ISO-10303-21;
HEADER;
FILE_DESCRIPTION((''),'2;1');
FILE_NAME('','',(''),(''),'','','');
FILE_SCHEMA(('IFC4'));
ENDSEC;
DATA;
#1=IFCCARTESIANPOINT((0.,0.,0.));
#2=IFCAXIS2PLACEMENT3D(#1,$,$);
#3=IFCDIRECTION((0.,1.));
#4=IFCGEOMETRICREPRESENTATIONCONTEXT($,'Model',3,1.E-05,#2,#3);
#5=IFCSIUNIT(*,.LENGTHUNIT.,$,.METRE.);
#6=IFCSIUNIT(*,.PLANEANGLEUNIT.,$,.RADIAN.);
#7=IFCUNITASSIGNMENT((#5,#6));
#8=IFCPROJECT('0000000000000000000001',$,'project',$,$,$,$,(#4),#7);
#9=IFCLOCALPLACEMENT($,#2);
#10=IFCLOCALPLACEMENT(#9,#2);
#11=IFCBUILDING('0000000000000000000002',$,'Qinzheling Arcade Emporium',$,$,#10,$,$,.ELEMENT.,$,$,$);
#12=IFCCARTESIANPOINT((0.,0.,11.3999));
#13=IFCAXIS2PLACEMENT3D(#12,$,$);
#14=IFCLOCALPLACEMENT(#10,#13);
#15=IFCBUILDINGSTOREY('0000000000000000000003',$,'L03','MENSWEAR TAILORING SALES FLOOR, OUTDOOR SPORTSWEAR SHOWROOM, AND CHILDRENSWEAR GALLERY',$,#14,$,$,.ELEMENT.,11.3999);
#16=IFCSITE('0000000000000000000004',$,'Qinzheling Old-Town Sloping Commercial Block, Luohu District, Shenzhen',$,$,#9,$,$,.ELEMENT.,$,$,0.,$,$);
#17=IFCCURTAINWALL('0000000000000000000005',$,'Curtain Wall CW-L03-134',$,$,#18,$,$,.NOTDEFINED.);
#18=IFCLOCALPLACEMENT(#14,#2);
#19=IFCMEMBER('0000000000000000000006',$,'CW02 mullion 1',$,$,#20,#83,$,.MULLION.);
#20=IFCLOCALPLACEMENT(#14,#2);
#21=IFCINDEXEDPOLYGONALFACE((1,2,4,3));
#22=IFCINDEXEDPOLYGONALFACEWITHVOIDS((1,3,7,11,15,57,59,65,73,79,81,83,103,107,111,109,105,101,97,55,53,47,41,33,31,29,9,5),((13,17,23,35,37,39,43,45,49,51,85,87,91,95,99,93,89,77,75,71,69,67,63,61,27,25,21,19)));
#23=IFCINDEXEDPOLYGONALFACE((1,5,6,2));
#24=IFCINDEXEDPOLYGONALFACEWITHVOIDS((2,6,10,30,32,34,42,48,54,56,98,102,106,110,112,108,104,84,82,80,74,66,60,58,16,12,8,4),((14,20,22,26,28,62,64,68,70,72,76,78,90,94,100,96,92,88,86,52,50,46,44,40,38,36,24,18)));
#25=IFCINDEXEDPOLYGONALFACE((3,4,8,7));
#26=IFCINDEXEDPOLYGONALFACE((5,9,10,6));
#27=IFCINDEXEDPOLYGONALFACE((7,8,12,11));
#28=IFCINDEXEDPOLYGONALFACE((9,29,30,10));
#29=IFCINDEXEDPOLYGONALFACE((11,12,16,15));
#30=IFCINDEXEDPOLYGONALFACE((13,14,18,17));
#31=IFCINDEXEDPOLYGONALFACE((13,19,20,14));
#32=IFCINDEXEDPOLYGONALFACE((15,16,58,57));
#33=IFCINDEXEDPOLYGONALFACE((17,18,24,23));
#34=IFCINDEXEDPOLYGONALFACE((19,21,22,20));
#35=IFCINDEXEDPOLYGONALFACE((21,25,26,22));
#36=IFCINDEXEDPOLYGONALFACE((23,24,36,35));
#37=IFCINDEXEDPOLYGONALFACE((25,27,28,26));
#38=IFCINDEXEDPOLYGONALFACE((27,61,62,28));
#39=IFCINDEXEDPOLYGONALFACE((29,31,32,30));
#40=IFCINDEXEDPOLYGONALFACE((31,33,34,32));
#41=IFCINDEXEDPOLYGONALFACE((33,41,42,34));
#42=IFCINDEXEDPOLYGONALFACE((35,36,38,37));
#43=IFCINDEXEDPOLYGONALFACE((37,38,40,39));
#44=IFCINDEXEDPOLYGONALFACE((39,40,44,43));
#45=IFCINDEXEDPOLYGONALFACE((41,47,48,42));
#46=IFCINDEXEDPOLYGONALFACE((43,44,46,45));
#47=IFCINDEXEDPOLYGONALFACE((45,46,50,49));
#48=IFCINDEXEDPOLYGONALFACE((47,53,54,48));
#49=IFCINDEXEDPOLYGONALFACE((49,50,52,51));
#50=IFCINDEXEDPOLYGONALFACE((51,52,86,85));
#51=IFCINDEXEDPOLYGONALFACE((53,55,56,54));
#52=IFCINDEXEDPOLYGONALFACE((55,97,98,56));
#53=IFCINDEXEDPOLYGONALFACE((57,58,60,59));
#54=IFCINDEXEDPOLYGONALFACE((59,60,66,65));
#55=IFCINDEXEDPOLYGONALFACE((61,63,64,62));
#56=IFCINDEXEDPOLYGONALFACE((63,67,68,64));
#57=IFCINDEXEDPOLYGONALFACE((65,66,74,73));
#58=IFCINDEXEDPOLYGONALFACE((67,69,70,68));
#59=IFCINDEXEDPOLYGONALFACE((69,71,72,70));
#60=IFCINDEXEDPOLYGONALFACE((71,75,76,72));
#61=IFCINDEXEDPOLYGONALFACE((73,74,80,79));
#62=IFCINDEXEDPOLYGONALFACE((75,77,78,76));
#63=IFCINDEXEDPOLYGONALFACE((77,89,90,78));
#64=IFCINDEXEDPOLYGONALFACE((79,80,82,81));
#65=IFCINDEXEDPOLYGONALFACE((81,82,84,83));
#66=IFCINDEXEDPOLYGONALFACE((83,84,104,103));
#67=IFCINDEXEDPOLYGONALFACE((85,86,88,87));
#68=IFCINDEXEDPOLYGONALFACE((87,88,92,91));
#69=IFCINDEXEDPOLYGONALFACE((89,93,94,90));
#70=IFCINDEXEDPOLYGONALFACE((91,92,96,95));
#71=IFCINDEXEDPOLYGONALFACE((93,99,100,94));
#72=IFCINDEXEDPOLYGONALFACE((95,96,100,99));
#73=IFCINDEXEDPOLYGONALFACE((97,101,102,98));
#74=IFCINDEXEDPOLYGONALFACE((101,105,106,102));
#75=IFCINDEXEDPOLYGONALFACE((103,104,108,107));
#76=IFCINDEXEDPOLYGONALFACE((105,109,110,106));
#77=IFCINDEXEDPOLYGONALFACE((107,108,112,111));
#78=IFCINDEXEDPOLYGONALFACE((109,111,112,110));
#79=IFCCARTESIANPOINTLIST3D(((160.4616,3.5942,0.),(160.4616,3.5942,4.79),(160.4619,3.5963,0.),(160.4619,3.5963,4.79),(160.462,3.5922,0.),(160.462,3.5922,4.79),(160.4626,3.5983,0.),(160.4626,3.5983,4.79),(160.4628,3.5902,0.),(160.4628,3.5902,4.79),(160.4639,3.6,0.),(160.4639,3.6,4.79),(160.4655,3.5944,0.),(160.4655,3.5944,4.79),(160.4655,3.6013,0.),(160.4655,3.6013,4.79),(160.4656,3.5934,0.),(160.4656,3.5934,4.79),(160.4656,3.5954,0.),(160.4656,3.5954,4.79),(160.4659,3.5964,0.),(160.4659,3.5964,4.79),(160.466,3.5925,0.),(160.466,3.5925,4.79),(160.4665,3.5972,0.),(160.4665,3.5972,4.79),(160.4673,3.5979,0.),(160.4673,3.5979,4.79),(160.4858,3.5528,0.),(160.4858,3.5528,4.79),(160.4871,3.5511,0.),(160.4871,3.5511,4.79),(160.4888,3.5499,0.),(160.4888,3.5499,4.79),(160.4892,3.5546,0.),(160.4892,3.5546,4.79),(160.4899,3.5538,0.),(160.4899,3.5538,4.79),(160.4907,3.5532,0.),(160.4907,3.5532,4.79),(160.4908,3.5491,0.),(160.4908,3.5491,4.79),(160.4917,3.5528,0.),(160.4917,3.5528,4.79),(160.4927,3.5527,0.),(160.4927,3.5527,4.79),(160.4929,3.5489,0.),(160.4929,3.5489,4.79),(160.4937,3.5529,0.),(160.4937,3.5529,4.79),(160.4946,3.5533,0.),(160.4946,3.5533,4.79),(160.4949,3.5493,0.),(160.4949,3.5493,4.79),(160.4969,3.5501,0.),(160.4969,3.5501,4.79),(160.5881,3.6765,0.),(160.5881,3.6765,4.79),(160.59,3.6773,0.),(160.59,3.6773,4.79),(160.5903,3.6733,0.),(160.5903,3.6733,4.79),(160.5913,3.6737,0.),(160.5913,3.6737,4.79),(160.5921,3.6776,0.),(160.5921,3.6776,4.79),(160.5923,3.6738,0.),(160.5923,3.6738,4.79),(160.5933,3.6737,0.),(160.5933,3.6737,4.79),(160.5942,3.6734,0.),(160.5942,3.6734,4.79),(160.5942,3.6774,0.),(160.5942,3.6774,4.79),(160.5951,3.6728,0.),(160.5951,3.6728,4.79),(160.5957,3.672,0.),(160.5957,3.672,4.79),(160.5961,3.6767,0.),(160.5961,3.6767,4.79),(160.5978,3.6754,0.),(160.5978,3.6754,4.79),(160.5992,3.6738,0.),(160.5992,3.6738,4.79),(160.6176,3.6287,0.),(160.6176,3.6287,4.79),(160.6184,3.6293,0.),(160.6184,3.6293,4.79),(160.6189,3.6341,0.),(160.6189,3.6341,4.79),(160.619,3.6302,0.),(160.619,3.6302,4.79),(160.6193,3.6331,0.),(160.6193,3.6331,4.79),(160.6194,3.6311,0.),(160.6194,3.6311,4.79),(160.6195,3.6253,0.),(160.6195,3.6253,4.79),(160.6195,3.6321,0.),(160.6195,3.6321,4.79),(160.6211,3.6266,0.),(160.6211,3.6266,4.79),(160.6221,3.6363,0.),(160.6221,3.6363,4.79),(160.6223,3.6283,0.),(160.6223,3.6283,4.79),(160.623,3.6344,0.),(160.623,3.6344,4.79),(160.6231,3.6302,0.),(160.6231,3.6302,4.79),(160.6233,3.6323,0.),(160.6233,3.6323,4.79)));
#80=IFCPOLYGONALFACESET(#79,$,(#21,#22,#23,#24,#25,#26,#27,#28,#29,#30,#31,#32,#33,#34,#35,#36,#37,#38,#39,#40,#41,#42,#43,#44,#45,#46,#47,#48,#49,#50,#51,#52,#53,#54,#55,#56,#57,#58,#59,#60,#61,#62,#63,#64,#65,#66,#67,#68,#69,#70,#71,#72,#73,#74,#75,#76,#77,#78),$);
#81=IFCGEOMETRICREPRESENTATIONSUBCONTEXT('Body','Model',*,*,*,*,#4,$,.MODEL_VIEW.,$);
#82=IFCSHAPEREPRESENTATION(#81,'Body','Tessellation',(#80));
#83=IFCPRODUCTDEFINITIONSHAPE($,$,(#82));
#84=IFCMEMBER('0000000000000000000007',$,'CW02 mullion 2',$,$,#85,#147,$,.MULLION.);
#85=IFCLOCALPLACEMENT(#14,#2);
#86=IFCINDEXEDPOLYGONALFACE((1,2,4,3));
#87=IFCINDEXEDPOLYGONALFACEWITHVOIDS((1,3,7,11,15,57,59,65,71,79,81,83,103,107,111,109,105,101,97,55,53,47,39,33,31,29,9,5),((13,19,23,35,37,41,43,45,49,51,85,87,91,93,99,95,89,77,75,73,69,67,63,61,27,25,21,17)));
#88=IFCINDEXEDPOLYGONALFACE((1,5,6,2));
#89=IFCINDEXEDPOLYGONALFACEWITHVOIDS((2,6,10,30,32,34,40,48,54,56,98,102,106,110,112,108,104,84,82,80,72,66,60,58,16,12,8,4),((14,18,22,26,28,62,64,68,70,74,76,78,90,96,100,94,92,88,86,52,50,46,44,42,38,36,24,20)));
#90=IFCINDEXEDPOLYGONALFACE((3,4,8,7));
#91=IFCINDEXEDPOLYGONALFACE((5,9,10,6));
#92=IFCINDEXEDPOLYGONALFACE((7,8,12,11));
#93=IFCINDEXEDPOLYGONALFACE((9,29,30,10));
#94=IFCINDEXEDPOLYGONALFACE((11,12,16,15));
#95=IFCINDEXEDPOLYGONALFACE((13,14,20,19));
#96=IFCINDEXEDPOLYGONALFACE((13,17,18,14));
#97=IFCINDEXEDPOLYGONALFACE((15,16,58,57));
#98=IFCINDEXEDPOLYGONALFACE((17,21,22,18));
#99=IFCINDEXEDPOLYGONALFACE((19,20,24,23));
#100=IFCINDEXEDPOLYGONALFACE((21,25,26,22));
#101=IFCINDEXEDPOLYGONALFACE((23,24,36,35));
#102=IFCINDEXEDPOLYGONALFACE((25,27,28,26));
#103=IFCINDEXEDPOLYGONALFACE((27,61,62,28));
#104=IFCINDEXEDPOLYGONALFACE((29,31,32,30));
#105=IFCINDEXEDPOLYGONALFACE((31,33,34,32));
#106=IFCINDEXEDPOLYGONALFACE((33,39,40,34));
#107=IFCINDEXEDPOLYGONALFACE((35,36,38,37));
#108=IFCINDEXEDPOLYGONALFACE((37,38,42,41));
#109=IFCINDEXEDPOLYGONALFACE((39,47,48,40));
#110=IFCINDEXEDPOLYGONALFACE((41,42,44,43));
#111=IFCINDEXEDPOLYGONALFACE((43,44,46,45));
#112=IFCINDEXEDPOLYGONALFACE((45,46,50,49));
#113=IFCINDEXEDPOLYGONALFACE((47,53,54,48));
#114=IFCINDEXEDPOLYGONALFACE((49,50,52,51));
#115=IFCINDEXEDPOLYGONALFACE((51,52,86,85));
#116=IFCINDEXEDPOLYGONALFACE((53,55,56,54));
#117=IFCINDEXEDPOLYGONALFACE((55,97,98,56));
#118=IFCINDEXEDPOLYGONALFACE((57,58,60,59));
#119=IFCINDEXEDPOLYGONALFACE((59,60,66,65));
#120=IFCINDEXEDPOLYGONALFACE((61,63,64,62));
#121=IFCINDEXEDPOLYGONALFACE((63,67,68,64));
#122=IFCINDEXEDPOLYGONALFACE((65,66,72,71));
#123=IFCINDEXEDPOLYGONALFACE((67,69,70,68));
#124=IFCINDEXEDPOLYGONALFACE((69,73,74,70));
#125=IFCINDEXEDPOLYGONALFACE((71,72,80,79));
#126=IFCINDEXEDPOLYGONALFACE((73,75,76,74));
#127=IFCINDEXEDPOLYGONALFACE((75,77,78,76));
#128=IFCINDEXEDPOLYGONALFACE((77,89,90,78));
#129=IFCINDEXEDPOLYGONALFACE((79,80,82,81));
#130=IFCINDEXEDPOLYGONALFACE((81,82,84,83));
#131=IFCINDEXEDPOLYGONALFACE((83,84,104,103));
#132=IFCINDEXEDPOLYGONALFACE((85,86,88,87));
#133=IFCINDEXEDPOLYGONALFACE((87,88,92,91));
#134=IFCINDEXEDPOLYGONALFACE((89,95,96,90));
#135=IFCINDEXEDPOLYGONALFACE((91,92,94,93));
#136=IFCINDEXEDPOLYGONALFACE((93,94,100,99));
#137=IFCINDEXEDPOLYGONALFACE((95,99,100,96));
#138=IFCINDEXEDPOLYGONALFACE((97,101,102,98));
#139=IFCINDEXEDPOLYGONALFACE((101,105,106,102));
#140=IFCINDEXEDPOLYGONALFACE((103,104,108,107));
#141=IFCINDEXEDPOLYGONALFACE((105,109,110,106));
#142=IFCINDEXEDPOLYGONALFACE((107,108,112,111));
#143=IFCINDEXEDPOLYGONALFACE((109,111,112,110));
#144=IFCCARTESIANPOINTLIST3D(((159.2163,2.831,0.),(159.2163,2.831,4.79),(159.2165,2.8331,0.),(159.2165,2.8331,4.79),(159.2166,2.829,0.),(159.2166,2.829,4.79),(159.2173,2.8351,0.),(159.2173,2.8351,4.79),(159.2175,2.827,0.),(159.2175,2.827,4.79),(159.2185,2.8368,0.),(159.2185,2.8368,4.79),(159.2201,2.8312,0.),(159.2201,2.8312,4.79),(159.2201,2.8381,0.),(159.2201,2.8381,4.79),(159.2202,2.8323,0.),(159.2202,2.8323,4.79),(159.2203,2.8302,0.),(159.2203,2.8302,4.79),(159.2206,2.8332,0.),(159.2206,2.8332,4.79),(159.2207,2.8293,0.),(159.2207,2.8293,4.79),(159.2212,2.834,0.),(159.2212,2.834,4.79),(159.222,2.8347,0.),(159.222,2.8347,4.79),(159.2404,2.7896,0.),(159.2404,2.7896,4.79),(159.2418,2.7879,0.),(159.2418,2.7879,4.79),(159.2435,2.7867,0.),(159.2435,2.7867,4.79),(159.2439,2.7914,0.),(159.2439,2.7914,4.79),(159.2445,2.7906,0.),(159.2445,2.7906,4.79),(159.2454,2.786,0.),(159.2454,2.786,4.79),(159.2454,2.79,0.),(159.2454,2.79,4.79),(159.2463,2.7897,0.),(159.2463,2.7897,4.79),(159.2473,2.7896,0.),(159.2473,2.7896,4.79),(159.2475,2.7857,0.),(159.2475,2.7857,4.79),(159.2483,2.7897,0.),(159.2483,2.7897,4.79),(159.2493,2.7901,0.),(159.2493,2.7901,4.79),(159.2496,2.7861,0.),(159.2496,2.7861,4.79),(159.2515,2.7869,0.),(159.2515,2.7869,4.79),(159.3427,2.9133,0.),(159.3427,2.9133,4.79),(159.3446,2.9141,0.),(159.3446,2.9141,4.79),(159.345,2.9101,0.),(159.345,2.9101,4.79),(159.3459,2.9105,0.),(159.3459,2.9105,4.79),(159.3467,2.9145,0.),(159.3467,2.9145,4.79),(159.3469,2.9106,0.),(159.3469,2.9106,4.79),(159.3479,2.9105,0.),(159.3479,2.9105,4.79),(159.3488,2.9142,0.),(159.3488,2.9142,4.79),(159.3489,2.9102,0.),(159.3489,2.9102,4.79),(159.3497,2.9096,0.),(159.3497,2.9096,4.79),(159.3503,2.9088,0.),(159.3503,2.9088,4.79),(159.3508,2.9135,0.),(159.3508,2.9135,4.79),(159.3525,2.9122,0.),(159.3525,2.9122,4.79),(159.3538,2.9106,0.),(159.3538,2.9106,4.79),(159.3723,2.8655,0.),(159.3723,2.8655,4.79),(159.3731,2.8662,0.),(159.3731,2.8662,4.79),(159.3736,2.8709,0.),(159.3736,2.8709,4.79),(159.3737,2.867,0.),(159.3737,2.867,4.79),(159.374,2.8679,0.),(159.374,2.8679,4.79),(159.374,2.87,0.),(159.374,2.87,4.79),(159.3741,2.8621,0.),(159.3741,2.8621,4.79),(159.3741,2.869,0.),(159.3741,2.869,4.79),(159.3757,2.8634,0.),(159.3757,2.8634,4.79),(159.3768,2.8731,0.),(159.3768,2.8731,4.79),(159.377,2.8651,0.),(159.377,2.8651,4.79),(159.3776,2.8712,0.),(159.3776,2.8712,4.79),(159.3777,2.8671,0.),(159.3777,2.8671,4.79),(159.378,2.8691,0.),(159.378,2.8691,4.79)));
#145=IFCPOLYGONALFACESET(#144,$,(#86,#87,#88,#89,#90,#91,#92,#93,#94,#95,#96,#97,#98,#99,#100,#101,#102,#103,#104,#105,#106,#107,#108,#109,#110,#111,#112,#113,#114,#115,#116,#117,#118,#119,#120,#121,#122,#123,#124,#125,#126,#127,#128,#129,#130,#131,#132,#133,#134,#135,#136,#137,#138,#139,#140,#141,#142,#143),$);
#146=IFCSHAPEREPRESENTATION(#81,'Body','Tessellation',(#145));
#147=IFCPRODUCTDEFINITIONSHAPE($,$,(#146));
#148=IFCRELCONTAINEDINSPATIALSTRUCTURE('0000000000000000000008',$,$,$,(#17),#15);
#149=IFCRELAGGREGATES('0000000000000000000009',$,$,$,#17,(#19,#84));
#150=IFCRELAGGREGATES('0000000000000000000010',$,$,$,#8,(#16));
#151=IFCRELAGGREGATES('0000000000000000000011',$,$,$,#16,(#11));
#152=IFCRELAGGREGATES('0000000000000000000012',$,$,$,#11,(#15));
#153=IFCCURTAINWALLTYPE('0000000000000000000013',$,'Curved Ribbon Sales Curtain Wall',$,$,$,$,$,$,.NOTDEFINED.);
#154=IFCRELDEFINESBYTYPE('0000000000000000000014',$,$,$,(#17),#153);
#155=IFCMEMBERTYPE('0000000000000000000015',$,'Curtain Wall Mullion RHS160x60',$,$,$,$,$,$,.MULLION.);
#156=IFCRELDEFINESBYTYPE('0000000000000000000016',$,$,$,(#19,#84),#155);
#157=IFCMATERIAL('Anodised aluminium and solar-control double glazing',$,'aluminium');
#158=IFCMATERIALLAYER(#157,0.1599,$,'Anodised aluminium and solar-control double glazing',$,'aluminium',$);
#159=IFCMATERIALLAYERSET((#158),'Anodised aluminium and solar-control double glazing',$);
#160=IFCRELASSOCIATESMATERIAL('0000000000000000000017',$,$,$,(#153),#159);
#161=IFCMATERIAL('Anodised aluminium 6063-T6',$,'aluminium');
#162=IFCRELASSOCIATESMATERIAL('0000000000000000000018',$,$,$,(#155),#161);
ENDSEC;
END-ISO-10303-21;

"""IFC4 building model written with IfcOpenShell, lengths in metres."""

from ifc_helpers import new_model, si_unit, direction, frame, origin, origin_2d, place, context, subcontext, project, spatial, hollow_rectangle, extrude, material, layer, layer_set, material_profile, profile_set, type_object, element, aggregate, save


model = new_model("IFC4")

# Units and contexts
model_context = context("Model", 3, precision=1e-05, world=origin(), true_north=direction((0.0, 1.0)))
body_context = subcontext(model_context, "Body", "Model", "MODEL_VIEW")
ifc_project = project(units=[si_unit("LENGTHUNIT", "METRE"), si_unit("PLANEANGLEUNIT", "RADIAN")], contexts=[model_context])

# Site, building, storey
site_placement = place(None, origin())
site = spatial("IfcSite", under=ifc_project, at=site_placement, Name="Qinzheling Old-Town Sloping Commercial Block, Luohu District, Shenzhen", CompositionType="ELEMENT", RefElevation=0.0)
building_placement = place(site_placement, origin())
building = spatial("IfcBuilding", under=site, at=building_placement, Name="Qinzheling Arcade Emporium", CompositionType="ELEMENT")
storey_placement = place(building_placement, frame((0.0, 0.0, 11.3999)))
storey = spatial("IfcBuildingStorey", under=building, at=storey_placement, Name="L03", Description="MENSWEAR TAILORING SALES FLOOR, OUTDOOR SPORTSWEAR SHOWROOM, AND CHILDRENSWEAR GALLERY", CompositionType="ELEMENT", Elevation=11.3999)

# Curtain wall, members
ifc_material_1 = material(Name="Anodised aluminium and solar-control double glazing", Category="aluminium")
ifc_layer_1 = layer(ifc_material_1, 0.1599, Name="Anodised aluminium and solar-control double glazing", Category="aluminium")
ifc_layer_set_1 = layer_set([ifc_layer_1], Name="Anodised aluminium and solar-control double glazing")
curtain_wall_type = type_object("IfcCurtainWallType", Name="Curved Ribbon Sales Curtain Wall", PredefinedType="NOTDEFINED", material=ifc_layer_set_1)
ifc_material_2 = material(Name="Anodised aluminium 6063-T6", Category="aluminium")
ifc_material_profile_1 = material_profile(ifc_material_2, hollow_rectangle(XDim=0.0601, YDim=0.1599, WallThickness=0.0039, InnerFilletRadius=0.0039, OuterFilletRadius=0.0081, at=origin_2d()), Name="RHS 160x60x4", Category="aluminium")
ifc_profile_set_1 = profile_set([ifc_material_profile_1], Name="Anodised aluminium 6063-T6")
member_type_1 = type_object("IfcMemberType", Name="Curtain Wall Mullion RHS160x60", PredefinedType="MULLION", material=ifc_profile_set_1)
curtain_wall_1_placement = place(storey_placement, origin())
curtain_wall_1 = element("IfcCurtainWall", 1, at=curtain_wall_1_placement, inside=storey, type_object=curtain_wall_type, Name="Curtain Wall CW-L03-134", PredefinedType="NOTDEFINED")
member_1_placement = place(storey_placement, frame((160.5425, 3.6133, 0.0), z_axis=(0.0, 0.0, 1.0), x_axis=(0.522562, -0.852601, 0.0)))
member_1 = element("IfcMember", 2, at=member_1_placement, type_object=member_type_1, Name="CW02 mullion 1", PredefinedType="MULLION", context=body_context, shape_type="SweptSolid", body=[
    extrude(hollow_rectangle(XDim=0.0601, YDim=0.1599, WallThickness=0.0039, InnerFilletRadius=0.0039, OuterFilletRadius=0.0081, at=origin_2d()), origin(), (0.0, 0.0, 1.0), 4.79),
])
member_2_placement = place(storey_placement, frame((159.2971, 2.8501, 0.0), z_axis=(0.0, 0.0, 1.0), x_axis=(0.522562, -0.852601, 0.0)))
member_2 = element("IfcMember", 3, at=member_2_placement, type_object=member_type_1, Name="CW02 mullion 2", PredefinedType="MULLION", context=body_context, shape_type="SweptSolid", body=[
    extrude(hollow_rectangle(XDim=0.0601, YDim=0.1599, WallThickness=0.0039, InnerFilletRadius=0.0039, OuterFilletRadius=0.0081, at=origin_2d()), origin(), (0.0, 0.0, 1.0), 4.79),
])

aggregate(curtain_wall_1, [member_1, member_2])

save(model, "model.ifc")
